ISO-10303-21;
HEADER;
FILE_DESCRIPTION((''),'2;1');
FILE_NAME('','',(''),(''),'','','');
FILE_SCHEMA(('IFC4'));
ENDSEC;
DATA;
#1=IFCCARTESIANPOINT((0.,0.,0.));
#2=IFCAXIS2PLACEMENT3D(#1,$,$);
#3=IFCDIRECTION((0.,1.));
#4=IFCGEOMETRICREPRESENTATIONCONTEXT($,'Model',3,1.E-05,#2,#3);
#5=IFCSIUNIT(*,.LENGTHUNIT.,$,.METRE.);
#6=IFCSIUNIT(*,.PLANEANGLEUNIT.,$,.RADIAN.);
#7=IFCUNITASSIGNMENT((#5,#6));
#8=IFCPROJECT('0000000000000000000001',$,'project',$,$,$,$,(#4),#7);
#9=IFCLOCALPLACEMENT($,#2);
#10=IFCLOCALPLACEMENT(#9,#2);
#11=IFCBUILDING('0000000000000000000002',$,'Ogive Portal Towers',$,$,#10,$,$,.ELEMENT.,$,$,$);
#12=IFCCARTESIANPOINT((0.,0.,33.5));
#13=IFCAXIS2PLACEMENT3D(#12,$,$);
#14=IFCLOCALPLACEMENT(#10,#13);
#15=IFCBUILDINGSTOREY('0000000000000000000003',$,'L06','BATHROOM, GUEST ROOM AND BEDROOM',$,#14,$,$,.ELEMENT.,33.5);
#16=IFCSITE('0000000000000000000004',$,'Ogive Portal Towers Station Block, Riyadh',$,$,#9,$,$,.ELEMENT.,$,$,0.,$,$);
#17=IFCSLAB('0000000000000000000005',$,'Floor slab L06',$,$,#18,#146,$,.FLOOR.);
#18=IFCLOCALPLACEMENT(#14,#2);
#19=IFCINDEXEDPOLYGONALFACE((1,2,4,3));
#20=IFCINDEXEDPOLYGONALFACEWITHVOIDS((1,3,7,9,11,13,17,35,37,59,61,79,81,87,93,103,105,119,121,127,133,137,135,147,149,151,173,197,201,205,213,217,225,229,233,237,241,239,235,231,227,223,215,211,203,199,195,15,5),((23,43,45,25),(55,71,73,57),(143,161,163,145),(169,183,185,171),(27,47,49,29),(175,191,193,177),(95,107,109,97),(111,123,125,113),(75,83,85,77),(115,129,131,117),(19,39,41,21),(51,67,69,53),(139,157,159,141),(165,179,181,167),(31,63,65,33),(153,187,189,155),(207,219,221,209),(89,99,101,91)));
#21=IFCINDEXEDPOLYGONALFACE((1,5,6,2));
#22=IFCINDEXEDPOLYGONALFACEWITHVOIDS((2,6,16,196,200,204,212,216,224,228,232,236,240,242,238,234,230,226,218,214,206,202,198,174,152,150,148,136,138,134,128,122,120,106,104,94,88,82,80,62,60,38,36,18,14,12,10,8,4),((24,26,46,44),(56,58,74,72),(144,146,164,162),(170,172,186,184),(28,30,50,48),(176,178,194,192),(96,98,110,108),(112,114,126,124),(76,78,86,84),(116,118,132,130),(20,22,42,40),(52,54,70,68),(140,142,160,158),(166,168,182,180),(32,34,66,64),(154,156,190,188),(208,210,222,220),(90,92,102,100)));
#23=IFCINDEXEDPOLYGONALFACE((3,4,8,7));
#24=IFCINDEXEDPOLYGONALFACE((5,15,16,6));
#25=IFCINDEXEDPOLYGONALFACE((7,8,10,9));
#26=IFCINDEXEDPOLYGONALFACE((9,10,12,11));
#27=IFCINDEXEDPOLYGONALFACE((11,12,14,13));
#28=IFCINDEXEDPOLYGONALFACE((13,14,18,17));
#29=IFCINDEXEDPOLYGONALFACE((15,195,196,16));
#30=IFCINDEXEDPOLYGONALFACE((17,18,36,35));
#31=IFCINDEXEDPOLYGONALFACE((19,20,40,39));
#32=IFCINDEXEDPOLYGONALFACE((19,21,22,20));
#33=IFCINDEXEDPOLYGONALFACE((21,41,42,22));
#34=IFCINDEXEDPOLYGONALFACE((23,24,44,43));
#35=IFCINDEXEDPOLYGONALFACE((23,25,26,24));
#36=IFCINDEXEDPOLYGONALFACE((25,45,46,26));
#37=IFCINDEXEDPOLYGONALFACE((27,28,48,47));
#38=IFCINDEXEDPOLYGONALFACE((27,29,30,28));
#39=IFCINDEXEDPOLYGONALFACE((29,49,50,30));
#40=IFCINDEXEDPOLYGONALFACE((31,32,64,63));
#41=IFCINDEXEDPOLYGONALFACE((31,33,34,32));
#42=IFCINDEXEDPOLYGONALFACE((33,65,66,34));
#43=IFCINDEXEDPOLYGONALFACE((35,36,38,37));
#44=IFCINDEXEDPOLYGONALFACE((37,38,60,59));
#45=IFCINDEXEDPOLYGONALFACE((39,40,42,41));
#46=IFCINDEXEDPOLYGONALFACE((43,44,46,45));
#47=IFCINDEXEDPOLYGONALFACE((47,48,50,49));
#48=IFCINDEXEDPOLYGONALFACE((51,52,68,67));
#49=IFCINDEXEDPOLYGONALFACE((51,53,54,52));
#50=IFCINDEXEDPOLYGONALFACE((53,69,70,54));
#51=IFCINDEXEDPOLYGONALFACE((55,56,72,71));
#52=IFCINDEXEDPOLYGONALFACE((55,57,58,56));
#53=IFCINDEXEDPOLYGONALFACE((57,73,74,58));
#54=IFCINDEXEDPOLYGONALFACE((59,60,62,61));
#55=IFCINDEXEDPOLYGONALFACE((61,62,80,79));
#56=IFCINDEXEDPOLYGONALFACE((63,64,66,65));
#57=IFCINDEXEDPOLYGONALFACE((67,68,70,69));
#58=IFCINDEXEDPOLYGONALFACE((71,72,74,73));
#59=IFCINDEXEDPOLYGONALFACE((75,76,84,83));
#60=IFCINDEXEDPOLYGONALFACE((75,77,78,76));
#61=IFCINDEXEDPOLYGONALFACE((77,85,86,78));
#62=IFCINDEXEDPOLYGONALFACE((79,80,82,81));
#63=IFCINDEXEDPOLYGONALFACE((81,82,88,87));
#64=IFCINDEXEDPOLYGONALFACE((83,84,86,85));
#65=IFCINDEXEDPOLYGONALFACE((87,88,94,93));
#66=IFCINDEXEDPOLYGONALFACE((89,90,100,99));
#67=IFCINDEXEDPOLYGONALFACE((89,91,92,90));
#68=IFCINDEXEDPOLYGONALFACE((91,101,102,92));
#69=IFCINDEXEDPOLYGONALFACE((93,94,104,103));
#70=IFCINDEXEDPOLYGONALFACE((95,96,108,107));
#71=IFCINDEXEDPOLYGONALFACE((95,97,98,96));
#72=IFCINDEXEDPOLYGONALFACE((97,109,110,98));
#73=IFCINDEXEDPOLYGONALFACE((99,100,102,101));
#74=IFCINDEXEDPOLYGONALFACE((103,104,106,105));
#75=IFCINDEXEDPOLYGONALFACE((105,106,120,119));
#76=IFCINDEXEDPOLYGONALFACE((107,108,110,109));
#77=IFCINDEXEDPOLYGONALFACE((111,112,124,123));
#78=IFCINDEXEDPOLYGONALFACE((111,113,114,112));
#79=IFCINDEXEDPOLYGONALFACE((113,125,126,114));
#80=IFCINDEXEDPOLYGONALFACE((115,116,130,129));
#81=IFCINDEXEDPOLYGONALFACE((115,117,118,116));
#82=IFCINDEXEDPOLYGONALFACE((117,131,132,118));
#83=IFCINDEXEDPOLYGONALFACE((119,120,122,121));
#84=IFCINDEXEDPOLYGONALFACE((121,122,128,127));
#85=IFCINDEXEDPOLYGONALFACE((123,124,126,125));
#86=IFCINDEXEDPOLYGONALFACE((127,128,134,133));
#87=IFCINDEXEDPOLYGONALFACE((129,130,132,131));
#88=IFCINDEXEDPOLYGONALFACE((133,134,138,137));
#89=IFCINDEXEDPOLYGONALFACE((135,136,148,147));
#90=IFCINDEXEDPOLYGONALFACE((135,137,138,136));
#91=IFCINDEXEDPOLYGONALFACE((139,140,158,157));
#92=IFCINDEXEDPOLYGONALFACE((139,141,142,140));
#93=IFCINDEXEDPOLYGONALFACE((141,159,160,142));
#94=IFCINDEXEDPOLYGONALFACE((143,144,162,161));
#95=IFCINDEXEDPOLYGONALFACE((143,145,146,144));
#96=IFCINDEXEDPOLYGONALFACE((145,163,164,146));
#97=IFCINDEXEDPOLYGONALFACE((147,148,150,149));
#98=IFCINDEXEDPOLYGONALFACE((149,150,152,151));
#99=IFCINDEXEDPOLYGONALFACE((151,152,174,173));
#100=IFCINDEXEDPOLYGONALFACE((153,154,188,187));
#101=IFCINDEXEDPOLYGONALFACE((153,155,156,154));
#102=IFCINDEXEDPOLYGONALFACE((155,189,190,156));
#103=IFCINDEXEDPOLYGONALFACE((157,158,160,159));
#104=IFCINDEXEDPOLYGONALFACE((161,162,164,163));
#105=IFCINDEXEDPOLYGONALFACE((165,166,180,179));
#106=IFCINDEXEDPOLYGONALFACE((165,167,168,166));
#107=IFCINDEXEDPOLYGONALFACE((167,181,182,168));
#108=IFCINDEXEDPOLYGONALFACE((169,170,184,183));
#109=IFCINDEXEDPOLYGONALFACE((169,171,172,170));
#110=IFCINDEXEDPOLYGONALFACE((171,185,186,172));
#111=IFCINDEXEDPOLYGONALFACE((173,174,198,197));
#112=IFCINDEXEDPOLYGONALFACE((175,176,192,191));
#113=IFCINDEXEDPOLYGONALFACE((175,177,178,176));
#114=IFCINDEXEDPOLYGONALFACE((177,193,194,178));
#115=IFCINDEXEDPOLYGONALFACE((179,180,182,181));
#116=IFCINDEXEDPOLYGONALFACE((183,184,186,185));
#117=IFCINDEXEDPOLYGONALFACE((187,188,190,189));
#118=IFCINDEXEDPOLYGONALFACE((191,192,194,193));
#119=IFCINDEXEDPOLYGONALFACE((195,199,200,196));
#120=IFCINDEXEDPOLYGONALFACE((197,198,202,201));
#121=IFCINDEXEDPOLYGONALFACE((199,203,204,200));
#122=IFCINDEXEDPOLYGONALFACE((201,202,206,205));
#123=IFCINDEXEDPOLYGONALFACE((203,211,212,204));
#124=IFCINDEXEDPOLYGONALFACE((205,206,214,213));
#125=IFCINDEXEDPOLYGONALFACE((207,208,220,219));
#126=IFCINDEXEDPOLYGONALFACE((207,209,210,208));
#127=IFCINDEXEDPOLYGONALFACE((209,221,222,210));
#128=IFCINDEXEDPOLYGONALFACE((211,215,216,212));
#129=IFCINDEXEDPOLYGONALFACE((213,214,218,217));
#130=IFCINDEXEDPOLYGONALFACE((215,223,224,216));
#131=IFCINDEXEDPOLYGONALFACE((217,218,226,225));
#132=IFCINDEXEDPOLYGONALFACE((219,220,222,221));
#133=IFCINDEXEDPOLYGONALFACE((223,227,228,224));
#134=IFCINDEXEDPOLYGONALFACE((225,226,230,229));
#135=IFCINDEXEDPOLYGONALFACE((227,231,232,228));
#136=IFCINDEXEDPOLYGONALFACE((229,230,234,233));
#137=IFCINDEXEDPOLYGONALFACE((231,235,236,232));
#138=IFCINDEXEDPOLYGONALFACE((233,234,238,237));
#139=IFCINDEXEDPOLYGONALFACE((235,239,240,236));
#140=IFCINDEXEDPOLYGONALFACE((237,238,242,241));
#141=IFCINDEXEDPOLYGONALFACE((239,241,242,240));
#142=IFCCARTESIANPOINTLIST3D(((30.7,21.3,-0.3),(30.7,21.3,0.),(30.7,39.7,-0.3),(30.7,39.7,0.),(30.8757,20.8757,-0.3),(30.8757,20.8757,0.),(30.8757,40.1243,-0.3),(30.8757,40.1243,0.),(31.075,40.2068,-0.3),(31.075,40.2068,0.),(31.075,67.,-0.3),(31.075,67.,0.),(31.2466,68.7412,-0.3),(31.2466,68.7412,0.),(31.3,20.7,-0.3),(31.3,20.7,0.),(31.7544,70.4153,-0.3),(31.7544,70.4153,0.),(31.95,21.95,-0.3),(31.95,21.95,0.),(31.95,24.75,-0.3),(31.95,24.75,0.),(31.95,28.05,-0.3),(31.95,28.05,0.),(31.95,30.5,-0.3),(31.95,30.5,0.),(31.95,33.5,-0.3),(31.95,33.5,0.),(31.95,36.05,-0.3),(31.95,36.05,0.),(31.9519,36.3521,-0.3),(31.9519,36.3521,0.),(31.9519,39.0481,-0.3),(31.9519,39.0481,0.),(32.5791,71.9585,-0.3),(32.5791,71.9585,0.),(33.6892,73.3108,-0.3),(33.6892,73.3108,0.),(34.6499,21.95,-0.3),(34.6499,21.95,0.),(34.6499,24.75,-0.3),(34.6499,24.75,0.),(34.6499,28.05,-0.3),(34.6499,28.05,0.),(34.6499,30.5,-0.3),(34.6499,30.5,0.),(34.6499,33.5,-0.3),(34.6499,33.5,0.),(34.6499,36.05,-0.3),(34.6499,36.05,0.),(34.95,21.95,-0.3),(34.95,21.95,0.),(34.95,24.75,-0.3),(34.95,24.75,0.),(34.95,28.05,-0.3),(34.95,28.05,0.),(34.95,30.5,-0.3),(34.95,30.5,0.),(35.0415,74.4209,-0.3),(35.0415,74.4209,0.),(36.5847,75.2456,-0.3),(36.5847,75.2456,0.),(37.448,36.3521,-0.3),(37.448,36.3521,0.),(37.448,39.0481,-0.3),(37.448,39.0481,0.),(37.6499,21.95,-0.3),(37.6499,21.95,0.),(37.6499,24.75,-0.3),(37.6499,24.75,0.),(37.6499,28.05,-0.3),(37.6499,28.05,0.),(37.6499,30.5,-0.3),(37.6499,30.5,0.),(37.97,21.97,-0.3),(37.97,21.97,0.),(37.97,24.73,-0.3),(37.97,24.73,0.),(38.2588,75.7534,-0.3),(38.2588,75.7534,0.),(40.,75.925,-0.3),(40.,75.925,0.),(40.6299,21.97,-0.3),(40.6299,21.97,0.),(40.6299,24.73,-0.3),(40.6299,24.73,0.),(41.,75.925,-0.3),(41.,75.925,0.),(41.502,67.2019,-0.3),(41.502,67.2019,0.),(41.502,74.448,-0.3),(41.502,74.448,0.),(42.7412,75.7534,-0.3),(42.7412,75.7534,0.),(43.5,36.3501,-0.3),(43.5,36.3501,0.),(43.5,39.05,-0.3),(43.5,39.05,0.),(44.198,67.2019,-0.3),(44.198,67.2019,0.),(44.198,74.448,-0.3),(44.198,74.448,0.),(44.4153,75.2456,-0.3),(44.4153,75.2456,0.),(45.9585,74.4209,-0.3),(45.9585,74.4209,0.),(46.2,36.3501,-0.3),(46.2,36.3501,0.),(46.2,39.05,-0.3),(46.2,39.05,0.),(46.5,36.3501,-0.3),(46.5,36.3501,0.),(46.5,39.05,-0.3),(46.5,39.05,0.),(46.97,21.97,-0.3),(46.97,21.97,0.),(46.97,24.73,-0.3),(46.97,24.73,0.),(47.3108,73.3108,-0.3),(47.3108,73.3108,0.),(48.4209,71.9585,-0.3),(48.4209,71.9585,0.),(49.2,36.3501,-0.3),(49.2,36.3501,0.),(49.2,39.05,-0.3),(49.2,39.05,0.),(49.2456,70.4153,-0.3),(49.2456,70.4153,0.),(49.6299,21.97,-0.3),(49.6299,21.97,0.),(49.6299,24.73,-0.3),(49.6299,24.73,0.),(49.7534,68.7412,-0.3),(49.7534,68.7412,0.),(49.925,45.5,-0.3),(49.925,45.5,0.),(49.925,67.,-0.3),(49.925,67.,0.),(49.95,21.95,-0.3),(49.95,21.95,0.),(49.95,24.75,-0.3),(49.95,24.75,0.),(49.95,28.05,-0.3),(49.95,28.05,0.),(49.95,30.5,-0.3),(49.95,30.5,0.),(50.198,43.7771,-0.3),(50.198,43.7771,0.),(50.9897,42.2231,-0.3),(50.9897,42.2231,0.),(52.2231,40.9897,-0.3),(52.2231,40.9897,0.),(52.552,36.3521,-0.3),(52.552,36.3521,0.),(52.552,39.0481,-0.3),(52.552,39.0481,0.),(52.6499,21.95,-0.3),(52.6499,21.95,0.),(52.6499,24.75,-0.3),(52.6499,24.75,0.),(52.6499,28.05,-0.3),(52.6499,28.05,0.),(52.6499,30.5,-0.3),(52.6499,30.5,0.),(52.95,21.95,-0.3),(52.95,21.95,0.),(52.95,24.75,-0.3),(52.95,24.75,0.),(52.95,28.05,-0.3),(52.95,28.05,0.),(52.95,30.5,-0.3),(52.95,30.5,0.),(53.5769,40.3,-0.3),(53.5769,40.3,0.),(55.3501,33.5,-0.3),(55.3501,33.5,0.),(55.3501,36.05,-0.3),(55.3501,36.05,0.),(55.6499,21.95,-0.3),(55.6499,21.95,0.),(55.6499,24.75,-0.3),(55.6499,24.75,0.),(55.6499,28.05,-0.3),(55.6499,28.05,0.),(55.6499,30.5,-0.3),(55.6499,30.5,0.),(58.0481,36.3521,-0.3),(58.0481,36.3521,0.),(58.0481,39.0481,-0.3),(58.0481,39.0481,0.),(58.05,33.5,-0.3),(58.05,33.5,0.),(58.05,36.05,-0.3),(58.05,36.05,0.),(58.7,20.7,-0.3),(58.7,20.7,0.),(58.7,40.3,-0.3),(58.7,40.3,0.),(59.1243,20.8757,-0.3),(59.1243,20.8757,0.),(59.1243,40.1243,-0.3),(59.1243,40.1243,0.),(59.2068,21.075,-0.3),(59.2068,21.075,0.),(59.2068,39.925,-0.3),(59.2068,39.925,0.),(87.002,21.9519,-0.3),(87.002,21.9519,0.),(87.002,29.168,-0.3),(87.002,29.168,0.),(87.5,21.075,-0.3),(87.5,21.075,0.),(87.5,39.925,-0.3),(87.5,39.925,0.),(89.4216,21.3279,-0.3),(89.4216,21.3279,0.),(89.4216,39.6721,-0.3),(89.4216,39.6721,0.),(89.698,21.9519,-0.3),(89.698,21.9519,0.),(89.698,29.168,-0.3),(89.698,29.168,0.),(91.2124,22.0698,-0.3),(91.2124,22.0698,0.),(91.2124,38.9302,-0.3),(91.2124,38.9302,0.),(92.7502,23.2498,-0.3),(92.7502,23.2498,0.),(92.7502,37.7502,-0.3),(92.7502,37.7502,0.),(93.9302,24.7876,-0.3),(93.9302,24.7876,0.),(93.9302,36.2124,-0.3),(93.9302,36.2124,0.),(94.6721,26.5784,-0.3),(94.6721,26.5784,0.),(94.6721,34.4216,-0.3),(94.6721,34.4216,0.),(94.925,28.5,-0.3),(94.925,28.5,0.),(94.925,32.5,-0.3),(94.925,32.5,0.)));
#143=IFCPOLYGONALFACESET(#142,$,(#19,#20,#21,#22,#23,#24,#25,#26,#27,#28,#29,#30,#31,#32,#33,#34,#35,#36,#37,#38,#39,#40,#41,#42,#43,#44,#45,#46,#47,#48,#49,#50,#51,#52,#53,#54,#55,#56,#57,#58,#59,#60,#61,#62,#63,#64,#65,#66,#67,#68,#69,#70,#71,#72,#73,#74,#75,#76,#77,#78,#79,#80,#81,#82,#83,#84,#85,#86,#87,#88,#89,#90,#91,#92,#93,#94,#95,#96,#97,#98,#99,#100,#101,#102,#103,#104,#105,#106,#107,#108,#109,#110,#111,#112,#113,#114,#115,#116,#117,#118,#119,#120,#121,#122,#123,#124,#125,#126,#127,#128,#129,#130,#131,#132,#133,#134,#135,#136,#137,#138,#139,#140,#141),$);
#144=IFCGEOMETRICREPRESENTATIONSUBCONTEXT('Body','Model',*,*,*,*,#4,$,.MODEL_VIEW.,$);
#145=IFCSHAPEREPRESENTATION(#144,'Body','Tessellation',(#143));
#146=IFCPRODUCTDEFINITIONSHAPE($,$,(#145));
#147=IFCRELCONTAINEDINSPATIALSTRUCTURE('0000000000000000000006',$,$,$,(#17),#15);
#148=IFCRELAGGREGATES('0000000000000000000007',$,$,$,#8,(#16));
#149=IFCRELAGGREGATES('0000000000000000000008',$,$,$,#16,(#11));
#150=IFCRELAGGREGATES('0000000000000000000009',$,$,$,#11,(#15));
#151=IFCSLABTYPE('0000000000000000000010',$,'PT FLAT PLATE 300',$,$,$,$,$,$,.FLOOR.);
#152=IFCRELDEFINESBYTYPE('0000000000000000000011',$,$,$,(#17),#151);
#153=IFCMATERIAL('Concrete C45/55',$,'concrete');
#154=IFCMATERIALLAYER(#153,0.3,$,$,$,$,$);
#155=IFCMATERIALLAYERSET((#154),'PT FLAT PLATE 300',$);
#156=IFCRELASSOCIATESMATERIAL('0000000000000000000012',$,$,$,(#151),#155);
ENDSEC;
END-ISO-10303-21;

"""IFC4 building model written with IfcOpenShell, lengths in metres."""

from ifc_helpers import new_model, si_unit, direction, frame, origin, place, context, subcontext, project, spatial, polyline, outline, extrude, material, layer, layer_set, type_object, element, save


model = new_model("IFC4")

# Units and contexts
model_context = context("Model", 3, precision=1e-05, world=origin(), true_north=direction((0.0, 1.0)))
body_context = subcontext(model_context, "Body", "Model", "MODEL_VIEW")
ifc_project = project(units=[si_unit("LENGTHUNIT", "METRE"), si_unit("PLANEANGLEUNIT", "RADIAN")], contexts=[model_context])

# Site, building, storey
site_placement = place(None, origin())
site = spatial("IfcSite", under=ifc_project, at=site_placement, Name="Ogive Portal Towers Station Block, Riyadh", CompositionType="ELEMENT", RefElevation=0.0)
building_placement = place(site_placement, origin())
building = spatial("IfcBuilding", under=site, at=building_placement, Name="Ogive Portal Towers", CompositionType="ELEMENT")
storey_placement = place(building_placement, frame((0.0, 0.0, 33.5)))
storey = spatial("IfcBuildingStorey", under=building, at=storey_placement, Name="L06", Description="BATHROOM, GUEST ROOM AND BEDROOM", CompositionType="ELEMENT", Elevation=33.5)

# Slab
ifc_material_1 = material(Name="Concrete C45/55", Category="concrete")
ifc_layer_1 = layer(ifc_material_1, 0.3)
ifc_layer_set_1 = layer_set([ifc_layer_1], Name="PT FLAT PLATE 300")
slab_type_1 = type_object("IfcSlabType", Name="PT FLAT PLATE 300", PredefinedType="FLOOR", material=ifc_layer_set_1)
slab_1_placement = place(storey_placement, frame((0.0, 0.0, -0.3)))
element("IfcSlab", 1, at=slab_1_placement, inside=storey, type_object=slab_type_1, Name="Floor slab L06", PredefinedType="FLOOR", context=body_context, shape_type="SweptSolid", body=[
    extrude(outline(polyline([(89.4216, 39.6721), (87.5, 39.925), (59.2068, 39.925), (59.1243, 40.1243), (58.7, 40.3), (53.5769, 40.3), (52.2231, 40.9897), (50.9897, 42.2231), (50.198, 43.7771), (49.925, 45.5), (49.925, 67.0), (49.7534, 68.7412), (49.2456, 70.4153), (48.4209, 71.9585), (47.3108, 73.3108), (45.9585, 74.4209), (44.4153, 75.2456), (42.7412, 75.7534), (41.0, 75.925), (40.0, 75.925), (38.2588, 75.7534), (36.5847, 75.2456), (35.0415, 74.4209), (33.6892, 73.3108), (32.5791, 71.9585), (31.7544, 70.4153), (31.2466, 68.7412), (31.075, 67.0), (31.075, 40.2068), (30.8757, 40.1243), (30.7, 39.7), (30.7, 21.3), (30.8757, 20.8757), (31.3, 20.7), (58.7, 20.7), (59.1243, 20.8757), (59.2068, 21.075), (87.5, 21.075), (89.4216, 21.3279), (91.2124, 22.0698), (92.7502, 23.2498), (93.9302, 24.7876), (94.6721, 26.5784), (94.925, 28.5), (94.925, 32.5), (94.6721, 34.4216), (93.9302, 36.2124), (92.7502, 37.7502), (91.2124, 38.9302), (89.4216, 39.6721)]), holes=[polyline([(34.6499, 24.75), (34.6499, 21.95), (31.95, 21.95), (31.95, 24.75), (34.6499, 24.75)]), polyline([(37.6499, 24.75), (37.6499, 21.95), (34.95, 21.95), (34.95, 24.75), (37.6499, 24.75)]), polyline([(40.6299, 21.97), (37.97, 21.97), (37.97, 24.73), (40.6299, 24.73), (40.6299, 21.97)]), polyline([(34.6499, 28.05), (31.95, 28.05), (31.95, 30.5), (34.6499, 30.5), (34.6499, 28.05)]), polyline([(37.6499, 28.05), (34.95, 28.05), (34.95, 30.5), (37.6499, 30.5), (37.6499, 28.05)]), polyline([(34.6499, 36.05), (34.6499, 33.5), (31.95, 33.5), (31.95, 36.05), (34.6499, 36.05)]), polyline([(31.9519, 39.0481), (37.448, 39.0481), (37.448, 36.3521), (31.9519, 36.3521), (31.9519, 39.0481)]), polyline([(46.2, 39.05), (46.2, 36.3501), (43.5, 36.3501), (43.5, 39.05), (46.2, 39.05)]), polyline([(49.2, 36.3501), (46.5, 36.3501), (46.5, 39.05), (49.2, 39.05), (49.2, 36.3501)]), polyline([(44.198, 67.2019), (41.502, 67.2019), (41.502, 74.448), (44.198, 74.448), (44.198, 67.2019)]), polyline([(49.6299, 21.97), (46.97, 21.97), (46.97, 24.73), (49.6299, 24.73), (49.6299, 21.97)]), polyline([(52.6499, 24.75), (52.6499, 21.95), (49.95, 21.95), (49.95, 24.75), (52.6499, 24.75)]), polyline([(55.6499, 21.95), (52.95, 21.95), (52.95, 24.75), (55.6499, 24.75), (55.6499, 21.95)]), polyline([(87.002, 29.168), (89.698, 29.168), (89.698, 21.9519), (87.002, 21.9519), (87.002, 29.168)]), polyline([(52.6499, 30.5), (52.6499, 28.05), (49.95, 28.05), (49.95, 30.5), (52.6499, 30.5)]), polyline([(55.6499, 30.5), (55.6499, 28.05), (52.95, 28.05), (52.95, 30.5), (55.6499, 30.5)]), polyline([(58.05, 33.5), (55.3501, 33.5), (55.3501, 36.05), (58.05, 36.05), (58.05, 33.5)]), polyline([(52.552, 36.3521), (52.552, 39.0481), (58.0481, 39.0481), (58.0481, 36.3521), (52.552, 36.3521)])]), origin(), (0.0, 0.0, 1.0), 0.3),
])

save(model, "model.ifc")
